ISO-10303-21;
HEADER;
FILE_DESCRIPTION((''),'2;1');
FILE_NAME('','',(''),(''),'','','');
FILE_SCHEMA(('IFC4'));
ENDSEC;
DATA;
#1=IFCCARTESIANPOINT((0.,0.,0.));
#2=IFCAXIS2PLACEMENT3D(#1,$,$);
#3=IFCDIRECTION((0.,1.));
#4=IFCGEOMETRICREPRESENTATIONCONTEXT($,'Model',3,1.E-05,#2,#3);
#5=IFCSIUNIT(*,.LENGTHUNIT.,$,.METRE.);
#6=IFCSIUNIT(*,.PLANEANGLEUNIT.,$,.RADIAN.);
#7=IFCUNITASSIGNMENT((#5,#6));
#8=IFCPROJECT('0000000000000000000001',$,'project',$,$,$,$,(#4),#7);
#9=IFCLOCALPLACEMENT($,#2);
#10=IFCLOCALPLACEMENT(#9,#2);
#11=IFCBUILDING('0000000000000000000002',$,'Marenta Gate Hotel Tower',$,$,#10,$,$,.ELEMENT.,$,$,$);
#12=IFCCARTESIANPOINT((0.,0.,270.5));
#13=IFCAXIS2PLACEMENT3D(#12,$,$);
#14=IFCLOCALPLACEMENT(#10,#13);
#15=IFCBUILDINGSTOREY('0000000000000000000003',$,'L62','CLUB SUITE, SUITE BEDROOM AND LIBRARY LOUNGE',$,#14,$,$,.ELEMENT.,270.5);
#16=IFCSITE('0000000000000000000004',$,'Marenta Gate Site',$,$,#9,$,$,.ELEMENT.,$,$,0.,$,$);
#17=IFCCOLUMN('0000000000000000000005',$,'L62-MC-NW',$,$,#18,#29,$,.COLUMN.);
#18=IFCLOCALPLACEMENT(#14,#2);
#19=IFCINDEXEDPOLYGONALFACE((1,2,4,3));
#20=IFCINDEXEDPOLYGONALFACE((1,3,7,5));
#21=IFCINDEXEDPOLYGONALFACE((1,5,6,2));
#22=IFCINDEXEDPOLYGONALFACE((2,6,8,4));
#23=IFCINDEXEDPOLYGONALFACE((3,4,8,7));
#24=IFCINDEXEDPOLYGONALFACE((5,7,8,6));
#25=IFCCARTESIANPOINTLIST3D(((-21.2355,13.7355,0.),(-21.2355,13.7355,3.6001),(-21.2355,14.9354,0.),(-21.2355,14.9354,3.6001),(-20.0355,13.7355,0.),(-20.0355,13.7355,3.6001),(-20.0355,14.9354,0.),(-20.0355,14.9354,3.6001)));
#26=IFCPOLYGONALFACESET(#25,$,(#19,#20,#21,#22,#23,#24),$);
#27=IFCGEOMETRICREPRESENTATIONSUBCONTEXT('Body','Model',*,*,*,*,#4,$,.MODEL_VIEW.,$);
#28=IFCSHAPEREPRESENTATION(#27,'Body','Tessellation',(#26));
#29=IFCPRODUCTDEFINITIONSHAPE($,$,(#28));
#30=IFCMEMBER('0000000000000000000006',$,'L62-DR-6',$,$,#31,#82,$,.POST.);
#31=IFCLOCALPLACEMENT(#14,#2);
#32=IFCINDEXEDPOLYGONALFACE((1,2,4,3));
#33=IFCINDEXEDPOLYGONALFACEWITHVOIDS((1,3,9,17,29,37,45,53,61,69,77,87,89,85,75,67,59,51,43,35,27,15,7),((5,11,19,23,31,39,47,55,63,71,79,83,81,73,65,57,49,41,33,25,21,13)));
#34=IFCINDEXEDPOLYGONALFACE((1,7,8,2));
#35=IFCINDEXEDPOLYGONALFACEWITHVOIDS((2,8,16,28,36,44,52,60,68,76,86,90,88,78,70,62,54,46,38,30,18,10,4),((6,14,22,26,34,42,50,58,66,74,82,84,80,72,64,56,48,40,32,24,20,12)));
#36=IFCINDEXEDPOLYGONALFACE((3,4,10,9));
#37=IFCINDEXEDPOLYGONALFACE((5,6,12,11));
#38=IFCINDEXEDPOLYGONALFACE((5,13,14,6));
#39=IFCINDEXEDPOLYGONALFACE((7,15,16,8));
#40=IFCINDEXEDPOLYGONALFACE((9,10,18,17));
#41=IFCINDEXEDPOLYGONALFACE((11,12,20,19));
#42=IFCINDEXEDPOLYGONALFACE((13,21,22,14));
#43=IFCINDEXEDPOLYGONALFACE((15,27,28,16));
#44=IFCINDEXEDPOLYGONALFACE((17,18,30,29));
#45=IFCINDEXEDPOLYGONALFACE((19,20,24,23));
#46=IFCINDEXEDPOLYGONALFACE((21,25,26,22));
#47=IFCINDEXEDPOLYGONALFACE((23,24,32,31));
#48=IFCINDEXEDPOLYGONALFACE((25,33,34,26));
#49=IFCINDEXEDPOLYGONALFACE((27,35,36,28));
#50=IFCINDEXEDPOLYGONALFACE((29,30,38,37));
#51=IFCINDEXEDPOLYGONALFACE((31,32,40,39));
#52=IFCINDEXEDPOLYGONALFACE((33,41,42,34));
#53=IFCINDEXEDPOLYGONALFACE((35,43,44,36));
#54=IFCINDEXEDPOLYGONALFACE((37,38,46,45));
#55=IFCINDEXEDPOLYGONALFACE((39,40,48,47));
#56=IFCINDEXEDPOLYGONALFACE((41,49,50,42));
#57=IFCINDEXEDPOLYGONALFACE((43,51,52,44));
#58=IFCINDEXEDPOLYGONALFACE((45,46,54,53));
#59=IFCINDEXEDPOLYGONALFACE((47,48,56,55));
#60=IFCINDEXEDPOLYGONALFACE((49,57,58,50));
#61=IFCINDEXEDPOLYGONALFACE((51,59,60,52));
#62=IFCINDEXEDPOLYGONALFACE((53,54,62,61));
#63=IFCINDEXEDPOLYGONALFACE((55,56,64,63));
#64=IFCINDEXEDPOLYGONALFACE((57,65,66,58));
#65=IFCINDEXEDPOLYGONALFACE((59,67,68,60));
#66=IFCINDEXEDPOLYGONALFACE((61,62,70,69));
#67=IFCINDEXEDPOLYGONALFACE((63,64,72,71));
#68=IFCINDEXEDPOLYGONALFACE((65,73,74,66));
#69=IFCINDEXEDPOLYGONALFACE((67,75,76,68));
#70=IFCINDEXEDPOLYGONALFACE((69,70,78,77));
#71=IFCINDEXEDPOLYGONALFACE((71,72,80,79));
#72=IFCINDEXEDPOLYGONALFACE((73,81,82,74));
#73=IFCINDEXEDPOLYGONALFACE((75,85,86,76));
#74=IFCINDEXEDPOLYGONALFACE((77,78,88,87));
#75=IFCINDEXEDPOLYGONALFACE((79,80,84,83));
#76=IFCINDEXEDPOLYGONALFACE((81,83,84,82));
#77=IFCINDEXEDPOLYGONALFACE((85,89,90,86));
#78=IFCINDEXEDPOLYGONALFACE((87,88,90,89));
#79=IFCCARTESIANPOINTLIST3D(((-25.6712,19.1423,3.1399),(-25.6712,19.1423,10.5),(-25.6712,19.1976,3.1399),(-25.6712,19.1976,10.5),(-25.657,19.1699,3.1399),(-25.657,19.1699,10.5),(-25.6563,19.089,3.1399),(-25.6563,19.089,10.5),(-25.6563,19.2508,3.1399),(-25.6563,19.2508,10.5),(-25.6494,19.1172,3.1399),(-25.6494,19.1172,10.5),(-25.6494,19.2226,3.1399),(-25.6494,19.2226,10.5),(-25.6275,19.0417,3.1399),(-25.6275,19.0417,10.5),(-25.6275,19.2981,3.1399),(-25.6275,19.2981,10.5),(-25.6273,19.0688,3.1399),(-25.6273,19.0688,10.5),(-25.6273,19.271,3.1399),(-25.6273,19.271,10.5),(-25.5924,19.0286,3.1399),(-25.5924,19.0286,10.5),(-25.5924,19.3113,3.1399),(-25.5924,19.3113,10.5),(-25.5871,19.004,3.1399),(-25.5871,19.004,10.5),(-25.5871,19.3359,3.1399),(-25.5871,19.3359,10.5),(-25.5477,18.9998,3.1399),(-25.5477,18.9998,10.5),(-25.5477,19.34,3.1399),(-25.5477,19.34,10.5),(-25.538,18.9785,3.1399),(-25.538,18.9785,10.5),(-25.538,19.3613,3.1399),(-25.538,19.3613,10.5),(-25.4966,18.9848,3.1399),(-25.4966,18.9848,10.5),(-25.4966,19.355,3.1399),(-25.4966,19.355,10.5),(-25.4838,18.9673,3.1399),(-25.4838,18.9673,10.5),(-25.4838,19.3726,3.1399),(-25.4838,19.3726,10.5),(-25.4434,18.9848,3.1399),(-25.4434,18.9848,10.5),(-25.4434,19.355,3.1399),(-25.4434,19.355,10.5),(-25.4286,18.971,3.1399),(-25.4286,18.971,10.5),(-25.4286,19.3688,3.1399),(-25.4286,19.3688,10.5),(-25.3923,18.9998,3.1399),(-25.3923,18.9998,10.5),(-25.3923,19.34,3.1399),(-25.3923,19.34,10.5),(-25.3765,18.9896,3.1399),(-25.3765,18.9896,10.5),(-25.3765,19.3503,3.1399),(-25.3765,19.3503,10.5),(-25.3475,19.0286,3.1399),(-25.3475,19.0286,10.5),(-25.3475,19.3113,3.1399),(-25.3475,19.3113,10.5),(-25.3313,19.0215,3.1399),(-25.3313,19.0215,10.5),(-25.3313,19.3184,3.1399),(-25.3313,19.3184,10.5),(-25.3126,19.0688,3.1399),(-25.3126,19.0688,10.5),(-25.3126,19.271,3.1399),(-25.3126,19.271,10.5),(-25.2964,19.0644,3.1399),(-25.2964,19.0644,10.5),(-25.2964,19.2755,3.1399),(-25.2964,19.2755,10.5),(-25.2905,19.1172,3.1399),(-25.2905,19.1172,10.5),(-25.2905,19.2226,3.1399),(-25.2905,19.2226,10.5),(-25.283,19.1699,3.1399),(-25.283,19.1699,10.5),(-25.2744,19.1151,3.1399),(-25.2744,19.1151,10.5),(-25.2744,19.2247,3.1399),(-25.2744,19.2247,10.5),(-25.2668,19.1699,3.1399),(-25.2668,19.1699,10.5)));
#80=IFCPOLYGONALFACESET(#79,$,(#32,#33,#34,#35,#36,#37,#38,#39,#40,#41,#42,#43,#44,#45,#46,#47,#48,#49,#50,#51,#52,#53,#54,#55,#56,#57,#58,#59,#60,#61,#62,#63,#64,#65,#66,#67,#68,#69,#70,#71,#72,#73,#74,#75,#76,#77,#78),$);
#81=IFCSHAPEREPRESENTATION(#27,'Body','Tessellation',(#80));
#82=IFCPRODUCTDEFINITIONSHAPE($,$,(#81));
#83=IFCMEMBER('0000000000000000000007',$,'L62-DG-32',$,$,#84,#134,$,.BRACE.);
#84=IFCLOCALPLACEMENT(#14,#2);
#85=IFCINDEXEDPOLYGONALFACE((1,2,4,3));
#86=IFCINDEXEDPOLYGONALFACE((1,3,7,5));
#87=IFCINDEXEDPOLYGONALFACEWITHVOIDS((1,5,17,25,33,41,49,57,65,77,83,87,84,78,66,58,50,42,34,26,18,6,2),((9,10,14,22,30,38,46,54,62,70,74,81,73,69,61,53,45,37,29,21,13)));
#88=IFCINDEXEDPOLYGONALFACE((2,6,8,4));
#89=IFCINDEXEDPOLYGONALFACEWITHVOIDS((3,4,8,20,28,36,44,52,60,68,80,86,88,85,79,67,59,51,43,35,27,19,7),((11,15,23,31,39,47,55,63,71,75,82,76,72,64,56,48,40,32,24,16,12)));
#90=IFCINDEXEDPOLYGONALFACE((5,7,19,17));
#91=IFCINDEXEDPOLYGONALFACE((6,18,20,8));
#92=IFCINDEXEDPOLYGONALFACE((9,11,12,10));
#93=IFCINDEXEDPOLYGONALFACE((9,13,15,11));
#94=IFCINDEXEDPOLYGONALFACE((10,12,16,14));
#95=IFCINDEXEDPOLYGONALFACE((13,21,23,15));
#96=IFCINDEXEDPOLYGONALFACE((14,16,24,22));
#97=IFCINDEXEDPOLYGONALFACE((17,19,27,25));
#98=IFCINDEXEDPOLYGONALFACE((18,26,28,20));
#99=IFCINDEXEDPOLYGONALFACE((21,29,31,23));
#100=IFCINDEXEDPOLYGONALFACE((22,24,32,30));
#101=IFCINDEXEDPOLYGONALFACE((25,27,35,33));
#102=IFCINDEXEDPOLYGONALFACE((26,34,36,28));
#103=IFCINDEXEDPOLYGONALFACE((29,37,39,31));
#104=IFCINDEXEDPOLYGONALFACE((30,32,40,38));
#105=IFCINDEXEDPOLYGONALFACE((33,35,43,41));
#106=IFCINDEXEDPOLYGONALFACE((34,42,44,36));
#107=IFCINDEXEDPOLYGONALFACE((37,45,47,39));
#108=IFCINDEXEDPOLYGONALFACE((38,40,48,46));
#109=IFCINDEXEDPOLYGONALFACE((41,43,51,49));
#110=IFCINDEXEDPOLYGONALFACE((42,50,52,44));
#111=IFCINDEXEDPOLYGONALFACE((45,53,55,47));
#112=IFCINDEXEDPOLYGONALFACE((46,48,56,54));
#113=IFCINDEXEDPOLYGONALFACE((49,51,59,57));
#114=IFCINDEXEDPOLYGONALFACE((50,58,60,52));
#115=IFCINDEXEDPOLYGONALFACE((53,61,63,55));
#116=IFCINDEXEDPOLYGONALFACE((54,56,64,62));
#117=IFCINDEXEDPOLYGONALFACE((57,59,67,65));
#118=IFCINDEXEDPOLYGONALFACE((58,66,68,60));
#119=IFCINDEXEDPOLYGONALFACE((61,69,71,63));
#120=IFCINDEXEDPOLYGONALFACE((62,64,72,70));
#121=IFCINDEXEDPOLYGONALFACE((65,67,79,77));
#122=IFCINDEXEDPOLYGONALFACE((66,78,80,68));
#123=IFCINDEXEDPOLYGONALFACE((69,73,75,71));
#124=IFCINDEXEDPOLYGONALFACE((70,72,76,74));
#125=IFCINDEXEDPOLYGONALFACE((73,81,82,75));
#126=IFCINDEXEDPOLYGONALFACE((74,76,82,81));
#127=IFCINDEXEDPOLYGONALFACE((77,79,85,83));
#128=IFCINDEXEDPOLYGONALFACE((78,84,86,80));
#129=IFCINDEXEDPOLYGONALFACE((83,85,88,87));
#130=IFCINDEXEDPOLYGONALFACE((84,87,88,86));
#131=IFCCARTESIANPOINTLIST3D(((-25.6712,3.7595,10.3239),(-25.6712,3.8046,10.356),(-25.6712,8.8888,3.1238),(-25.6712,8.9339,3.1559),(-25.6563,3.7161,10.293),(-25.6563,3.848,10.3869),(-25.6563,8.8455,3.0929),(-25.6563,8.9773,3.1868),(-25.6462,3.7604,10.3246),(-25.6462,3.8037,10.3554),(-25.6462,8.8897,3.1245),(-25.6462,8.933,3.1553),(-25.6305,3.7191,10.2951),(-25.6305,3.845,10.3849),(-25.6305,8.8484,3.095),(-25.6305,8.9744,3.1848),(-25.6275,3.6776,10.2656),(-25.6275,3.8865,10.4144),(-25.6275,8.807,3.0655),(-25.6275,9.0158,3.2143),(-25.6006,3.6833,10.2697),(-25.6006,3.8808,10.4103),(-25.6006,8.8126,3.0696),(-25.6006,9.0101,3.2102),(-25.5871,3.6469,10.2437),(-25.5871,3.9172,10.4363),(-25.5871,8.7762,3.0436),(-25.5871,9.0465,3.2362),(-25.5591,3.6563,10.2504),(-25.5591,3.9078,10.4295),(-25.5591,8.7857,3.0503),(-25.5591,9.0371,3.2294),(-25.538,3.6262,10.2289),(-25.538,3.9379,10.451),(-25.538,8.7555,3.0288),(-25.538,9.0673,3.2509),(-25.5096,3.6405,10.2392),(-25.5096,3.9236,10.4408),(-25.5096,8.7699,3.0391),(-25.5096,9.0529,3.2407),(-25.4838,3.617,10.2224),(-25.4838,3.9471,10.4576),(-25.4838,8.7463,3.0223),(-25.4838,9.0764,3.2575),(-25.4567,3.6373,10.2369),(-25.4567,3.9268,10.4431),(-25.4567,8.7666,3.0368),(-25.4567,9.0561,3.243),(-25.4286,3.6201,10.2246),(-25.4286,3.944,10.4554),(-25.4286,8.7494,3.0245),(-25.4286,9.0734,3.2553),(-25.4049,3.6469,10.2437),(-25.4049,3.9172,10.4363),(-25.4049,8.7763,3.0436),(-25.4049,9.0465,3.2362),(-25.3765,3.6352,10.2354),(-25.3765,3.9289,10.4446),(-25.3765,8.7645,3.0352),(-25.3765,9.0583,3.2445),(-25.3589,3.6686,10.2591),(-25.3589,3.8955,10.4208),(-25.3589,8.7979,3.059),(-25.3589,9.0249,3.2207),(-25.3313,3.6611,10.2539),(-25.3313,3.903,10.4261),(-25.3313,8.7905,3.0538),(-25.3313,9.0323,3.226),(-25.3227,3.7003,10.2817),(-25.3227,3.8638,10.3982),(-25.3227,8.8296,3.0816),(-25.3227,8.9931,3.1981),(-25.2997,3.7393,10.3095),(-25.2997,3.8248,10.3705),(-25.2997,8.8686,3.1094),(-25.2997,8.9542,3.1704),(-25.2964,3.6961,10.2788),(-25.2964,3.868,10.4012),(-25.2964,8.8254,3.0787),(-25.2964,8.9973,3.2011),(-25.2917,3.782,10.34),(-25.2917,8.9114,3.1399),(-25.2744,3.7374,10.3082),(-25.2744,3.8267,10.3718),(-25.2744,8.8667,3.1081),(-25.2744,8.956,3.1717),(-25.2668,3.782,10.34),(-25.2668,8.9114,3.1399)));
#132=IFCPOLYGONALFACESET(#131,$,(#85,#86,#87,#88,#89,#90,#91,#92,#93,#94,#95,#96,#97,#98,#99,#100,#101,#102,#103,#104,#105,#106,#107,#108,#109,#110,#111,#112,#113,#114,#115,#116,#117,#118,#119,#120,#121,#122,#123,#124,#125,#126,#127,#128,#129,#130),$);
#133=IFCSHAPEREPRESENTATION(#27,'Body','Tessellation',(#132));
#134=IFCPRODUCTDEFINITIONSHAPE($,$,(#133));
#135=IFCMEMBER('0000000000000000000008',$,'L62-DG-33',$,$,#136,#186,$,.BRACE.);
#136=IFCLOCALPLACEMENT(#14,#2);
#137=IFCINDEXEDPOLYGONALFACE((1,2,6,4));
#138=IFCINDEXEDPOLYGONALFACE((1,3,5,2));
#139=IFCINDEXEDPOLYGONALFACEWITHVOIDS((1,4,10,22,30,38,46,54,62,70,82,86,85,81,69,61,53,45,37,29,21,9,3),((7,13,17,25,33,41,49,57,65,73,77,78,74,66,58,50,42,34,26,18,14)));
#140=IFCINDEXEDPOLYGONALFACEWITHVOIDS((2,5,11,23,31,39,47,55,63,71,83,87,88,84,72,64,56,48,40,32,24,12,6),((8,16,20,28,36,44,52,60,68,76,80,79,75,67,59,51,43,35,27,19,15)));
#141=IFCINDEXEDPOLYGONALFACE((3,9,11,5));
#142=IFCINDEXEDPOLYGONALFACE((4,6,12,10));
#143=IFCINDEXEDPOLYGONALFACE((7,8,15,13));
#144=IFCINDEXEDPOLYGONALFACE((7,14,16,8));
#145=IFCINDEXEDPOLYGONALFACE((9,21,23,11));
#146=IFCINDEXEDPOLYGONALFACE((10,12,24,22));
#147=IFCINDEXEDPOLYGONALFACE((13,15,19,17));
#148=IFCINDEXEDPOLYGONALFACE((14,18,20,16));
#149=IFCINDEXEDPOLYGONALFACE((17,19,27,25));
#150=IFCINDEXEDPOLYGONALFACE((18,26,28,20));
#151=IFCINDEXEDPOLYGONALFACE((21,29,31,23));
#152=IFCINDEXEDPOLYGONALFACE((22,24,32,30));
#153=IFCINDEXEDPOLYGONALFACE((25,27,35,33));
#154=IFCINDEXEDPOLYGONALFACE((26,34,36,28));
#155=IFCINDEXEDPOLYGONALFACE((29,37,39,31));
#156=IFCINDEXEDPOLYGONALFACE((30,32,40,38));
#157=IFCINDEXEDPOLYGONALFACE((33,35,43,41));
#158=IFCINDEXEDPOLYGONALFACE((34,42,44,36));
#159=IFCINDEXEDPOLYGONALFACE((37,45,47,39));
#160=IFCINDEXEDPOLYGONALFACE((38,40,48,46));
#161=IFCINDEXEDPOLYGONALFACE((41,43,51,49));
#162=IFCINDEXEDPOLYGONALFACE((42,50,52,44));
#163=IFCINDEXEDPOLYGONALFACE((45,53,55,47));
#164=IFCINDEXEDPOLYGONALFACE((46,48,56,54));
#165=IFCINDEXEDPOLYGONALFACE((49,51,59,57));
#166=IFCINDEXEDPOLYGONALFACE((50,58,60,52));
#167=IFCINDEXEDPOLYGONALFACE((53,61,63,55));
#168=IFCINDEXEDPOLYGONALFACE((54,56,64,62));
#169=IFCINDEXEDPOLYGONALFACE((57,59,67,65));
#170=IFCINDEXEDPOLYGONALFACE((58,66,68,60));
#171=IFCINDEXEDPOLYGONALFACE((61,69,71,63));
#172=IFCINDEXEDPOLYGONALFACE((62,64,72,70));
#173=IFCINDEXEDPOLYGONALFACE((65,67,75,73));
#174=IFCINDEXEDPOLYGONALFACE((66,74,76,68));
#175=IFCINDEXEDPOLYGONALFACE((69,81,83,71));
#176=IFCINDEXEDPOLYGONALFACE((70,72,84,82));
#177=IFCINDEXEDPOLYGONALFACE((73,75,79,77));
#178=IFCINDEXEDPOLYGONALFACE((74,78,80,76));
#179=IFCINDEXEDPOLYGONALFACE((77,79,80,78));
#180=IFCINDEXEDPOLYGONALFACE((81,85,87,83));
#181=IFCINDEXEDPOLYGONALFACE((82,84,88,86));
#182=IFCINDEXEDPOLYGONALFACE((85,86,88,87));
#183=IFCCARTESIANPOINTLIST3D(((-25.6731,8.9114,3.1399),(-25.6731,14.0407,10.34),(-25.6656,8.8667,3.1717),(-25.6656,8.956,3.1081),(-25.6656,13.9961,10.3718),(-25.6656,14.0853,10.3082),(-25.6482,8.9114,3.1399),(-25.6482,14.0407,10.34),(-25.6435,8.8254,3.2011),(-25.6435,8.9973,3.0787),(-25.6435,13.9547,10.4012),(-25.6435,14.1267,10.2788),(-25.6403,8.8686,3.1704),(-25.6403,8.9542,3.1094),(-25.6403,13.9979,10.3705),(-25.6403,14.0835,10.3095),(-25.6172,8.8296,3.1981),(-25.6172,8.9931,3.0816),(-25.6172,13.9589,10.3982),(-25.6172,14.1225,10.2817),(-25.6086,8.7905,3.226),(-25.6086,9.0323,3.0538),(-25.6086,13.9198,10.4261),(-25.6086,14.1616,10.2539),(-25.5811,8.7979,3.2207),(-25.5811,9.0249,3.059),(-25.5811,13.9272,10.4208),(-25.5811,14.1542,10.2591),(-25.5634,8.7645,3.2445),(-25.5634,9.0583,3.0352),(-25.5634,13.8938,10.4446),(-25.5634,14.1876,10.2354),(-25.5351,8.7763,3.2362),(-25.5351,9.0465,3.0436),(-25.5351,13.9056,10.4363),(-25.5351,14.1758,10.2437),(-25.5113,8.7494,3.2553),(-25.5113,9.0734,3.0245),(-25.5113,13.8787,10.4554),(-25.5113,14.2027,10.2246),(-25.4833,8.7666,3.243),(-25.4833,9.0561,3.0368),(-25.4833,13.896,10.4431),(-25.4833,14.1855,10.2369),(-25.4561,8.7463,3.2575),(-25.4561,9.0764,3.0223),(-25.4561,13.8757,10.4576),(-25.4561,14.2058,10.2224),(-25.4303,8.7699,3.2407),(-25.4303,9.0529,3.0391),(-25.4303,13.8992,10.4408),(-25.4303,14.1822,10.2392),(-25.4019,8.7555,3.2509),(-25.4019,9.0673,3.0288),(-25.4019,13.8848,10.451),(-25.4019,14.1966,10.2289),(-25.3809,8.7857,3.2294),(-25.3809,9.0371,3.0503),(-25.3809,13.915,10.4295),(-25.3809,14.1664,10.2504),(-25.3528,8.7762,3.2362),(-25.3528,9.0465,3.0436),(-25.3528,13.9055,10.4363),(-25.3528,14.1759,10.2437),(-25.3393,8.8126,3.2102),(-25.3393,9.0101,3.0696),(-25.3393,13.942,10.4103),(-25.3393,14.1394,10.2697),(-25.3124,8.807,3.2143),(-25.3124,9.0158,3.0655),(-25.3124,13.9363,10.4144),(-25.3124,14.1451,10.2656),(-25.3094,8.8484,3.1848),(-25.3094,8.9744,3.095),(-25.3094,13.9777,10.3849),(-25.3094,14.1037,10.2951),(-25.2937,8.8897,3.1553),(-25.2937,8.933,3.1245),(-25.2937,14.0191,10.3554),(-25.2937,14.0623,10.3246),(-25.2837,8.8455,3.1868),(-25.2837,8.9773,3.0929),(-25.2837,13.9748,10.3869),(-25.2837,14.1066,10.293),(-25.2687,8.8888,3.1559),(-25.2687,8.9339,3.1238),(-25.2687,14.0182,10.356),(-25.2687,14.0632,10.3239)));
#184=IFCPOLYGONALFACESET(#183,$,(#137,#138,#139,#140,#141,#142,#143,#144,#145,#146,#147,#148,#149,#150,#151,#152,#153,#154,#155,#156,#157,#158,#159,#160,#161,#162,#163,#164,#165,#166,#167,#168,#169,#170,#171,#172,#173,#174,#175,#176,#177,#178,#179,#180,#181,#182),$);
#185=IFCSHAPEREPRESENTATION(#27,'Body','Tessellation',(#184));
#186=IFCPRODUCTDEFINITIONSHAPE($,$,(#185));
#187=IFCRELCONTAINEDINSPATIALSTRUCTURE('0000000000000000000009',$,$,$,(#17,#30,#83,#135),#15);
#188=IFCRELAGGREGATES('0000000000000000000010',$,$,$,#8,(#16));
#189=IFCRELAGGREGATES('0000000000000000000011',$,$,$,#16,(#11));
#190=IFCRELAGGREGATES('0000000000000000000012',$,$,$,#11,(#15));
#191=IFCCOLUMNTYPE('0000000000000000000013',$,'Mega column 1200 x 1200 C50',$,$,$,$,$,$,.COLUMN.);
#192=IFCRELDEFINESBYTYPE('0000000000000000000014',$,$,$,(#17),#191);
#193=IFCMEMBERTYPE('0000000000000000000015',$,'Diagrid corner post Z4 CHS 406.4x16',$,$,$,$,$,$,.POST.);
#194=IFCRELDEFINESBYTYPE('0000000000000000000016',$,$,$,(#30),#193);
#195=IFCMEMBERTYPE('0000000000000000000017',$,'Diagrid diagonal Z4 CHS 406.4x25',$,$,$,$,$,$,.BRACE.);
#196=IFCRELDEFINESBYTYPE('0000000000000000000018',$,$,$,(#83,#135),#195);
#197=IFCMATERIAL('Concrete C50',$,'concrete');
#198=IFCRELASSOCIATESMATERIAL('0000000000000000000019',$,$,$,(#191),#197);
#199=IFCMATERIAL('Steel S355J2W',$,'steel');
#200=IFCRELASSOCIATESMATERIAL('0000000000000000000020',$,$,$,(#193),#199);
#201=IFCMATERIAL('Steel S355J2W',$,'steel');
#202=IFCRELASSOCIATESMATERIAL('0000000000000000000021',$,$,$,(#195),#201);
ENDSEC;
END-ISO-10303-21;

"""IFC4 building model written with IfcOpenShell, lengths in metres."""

from ifc_helpers import new_model, si_unit, direction, frame, origin, origin_2d, place, context, subcontext, project, spatial, rectangle, hollow_circle, extrude, material, material_profile, profile_set, type_object, element, save


model = new_model("IFC4")

# Units and contexts
model_context = context("Model", 3, precision=1e-05, world=origin(), true_north=direction((0.0, 1.0)))
body_context = subcontext(model_context, "Body", "Model", "MODEL_VIEW")
ifc_project = project(units=[si_unit("LENGTHUNIT", "METRE"), si_unit("PLANEANGLEUNIT", "RADIAN")], contexts=[model_context])

# Site, building, storey
site_placement = place(None, origin())
site = spatial("IfcSite", under=ifc_project, at=site_placement, Name="Marenta Gate Site", CompositionType="ELEMENT", RefElevation=0.0)
building_placement = place(site_placement, origin())
building = spatial("IfcBuilding", under=site, at=building_placement, Name="Marenta Gate Hotel Tower", CompositionType="ELEMENT")
storey_placement = place(building_placement, frame((0.0, 0.0, 270.5)))
storey = spatial("IfcBuildingStorey", under=building, at=storey_placement, Name="L62", Description="CLUB SUITE, SUITE BEDROOM AND LIBRARY LOUNGE", CompositionType="ELEMENT", Elevation=270.5)

# Column
ifc_material_1 = material(Name="Concrete C50", Category="concrete")
ifc_material_profile_1 = material_profile(ifc_material_1, rectangle(XDim=1.2, YDim=1.2, at=origin_2d()), Name="1200 x 1200")
ifc_profile_set_1 = profile_set([ifc_material_profile_1], Name="Concrete C50")
column_type = type_object("IfcColumnType", Name="Mega column 1200 x 1200 C50", PredefinedType="COLUMN", material=ifc_profile_set_1)
column_placement = place(storey_placement, frame((-20.6355, 14.3354, 0.0), z_axis=(0.0, 0.0, 1.0), x_axis=(1.0, 0.0, 0.0)))
element("IfcColumn", 1, at=column_placement, inside=storey, type_object=column_type, Name="L62-MC-NW", PredefinedType="COLUMN", context=body_context, shape_type="SweptSolid", body=[
    extrude(rectangle(XDim=1.2, YDim=1.2, at=origin_2d()), origin(), (0.0, 0.0, 1.0), 3.6001),
])

# Members
ifc_material_2 = material(Name="Steel S355J2W", Category="steel")
ifc_material_profile_2 = material_profile(ifc_material_2, hollow_circle(Radius=0.2031, WallThickness=0.0161, at=origin_2d()), Name="CHS 406.4x16")
ifc_profile_set_2 = profile_set([ifc_material_profile_2], Name="Steel S355J2W")
member_type_1 = type_object("IfcMemberType", Name="Diagrid corner post Z4 CHS 406.4x16", PredefinedType="POST", material=ifc_profile_set_2)
member_1_placement = place(storey_placement, frame((-25.47, 19.1699, 3.1399), z_axis=(0.0, 0.0, 1.0), x_axis=(1.0, 0.0, 0.0)))
element("IfcMember", 2, at=member_1_placement, inside=storey, type_object=member_type_1, Name="L62-DR-6", PredefinedType="POST", context=body_context, shape_type="SweptSolid", body=[
    extrude(hollow_circle(Radius=0.2031, WallThickness=0.0161, at=origin_2d()), origin(), (0.0, 0.0, 1.0), 7.3601),
])
ifc_material_3 = material(Name="Steel S355J2W", Category="steel")
ifc_material_profile_3 = material_profile(ifc_material_3, hollow_circle(Radius=0.2031, WallThickness=0.0249, at=origin_2d()), Name="CHS 406.4x25")
ifc_profile_set_3 = profile_set([ifc_material_profile_3], Name="Steel S355J2W")
member_type_2 = type_object("IfcMemberType", Name="Diagrid diagonal Z4 CHS 406.4x25", PredefinedType="BRACE", material=ifc_profile_set_3)
for number, where, z_axis, x_axis, name in (
    (3, (-25.47, 8.9114, 3.1399), (0.0, -0.580219, 0.814461), (1.0, 0.0, 0.0), "L62-DG-32"),
    (4, (-25.47, 8.9114, 3.1399), (0.0, 0.580219, 0.814461), (-1.0, 0.0, 0.0), "L62-DG-33"),
):
    element("IfcMember", number, at=place(storey_placement, frame(where, z_axis=z_axis, x_axis=x_axis)), inside=storey, type_object=member_type_2, Name=name, PredefinedType="BRACE", context=body_context, shape_type="SweptSolid", body=[
        extrude(hollow_circle(Radius=0.2031, WallThickness=0.0249, at=origin_2d()), origin(), (0.0, 0.0, 1.0), 8.8403),
    ])

save(model, "model.ifc")
